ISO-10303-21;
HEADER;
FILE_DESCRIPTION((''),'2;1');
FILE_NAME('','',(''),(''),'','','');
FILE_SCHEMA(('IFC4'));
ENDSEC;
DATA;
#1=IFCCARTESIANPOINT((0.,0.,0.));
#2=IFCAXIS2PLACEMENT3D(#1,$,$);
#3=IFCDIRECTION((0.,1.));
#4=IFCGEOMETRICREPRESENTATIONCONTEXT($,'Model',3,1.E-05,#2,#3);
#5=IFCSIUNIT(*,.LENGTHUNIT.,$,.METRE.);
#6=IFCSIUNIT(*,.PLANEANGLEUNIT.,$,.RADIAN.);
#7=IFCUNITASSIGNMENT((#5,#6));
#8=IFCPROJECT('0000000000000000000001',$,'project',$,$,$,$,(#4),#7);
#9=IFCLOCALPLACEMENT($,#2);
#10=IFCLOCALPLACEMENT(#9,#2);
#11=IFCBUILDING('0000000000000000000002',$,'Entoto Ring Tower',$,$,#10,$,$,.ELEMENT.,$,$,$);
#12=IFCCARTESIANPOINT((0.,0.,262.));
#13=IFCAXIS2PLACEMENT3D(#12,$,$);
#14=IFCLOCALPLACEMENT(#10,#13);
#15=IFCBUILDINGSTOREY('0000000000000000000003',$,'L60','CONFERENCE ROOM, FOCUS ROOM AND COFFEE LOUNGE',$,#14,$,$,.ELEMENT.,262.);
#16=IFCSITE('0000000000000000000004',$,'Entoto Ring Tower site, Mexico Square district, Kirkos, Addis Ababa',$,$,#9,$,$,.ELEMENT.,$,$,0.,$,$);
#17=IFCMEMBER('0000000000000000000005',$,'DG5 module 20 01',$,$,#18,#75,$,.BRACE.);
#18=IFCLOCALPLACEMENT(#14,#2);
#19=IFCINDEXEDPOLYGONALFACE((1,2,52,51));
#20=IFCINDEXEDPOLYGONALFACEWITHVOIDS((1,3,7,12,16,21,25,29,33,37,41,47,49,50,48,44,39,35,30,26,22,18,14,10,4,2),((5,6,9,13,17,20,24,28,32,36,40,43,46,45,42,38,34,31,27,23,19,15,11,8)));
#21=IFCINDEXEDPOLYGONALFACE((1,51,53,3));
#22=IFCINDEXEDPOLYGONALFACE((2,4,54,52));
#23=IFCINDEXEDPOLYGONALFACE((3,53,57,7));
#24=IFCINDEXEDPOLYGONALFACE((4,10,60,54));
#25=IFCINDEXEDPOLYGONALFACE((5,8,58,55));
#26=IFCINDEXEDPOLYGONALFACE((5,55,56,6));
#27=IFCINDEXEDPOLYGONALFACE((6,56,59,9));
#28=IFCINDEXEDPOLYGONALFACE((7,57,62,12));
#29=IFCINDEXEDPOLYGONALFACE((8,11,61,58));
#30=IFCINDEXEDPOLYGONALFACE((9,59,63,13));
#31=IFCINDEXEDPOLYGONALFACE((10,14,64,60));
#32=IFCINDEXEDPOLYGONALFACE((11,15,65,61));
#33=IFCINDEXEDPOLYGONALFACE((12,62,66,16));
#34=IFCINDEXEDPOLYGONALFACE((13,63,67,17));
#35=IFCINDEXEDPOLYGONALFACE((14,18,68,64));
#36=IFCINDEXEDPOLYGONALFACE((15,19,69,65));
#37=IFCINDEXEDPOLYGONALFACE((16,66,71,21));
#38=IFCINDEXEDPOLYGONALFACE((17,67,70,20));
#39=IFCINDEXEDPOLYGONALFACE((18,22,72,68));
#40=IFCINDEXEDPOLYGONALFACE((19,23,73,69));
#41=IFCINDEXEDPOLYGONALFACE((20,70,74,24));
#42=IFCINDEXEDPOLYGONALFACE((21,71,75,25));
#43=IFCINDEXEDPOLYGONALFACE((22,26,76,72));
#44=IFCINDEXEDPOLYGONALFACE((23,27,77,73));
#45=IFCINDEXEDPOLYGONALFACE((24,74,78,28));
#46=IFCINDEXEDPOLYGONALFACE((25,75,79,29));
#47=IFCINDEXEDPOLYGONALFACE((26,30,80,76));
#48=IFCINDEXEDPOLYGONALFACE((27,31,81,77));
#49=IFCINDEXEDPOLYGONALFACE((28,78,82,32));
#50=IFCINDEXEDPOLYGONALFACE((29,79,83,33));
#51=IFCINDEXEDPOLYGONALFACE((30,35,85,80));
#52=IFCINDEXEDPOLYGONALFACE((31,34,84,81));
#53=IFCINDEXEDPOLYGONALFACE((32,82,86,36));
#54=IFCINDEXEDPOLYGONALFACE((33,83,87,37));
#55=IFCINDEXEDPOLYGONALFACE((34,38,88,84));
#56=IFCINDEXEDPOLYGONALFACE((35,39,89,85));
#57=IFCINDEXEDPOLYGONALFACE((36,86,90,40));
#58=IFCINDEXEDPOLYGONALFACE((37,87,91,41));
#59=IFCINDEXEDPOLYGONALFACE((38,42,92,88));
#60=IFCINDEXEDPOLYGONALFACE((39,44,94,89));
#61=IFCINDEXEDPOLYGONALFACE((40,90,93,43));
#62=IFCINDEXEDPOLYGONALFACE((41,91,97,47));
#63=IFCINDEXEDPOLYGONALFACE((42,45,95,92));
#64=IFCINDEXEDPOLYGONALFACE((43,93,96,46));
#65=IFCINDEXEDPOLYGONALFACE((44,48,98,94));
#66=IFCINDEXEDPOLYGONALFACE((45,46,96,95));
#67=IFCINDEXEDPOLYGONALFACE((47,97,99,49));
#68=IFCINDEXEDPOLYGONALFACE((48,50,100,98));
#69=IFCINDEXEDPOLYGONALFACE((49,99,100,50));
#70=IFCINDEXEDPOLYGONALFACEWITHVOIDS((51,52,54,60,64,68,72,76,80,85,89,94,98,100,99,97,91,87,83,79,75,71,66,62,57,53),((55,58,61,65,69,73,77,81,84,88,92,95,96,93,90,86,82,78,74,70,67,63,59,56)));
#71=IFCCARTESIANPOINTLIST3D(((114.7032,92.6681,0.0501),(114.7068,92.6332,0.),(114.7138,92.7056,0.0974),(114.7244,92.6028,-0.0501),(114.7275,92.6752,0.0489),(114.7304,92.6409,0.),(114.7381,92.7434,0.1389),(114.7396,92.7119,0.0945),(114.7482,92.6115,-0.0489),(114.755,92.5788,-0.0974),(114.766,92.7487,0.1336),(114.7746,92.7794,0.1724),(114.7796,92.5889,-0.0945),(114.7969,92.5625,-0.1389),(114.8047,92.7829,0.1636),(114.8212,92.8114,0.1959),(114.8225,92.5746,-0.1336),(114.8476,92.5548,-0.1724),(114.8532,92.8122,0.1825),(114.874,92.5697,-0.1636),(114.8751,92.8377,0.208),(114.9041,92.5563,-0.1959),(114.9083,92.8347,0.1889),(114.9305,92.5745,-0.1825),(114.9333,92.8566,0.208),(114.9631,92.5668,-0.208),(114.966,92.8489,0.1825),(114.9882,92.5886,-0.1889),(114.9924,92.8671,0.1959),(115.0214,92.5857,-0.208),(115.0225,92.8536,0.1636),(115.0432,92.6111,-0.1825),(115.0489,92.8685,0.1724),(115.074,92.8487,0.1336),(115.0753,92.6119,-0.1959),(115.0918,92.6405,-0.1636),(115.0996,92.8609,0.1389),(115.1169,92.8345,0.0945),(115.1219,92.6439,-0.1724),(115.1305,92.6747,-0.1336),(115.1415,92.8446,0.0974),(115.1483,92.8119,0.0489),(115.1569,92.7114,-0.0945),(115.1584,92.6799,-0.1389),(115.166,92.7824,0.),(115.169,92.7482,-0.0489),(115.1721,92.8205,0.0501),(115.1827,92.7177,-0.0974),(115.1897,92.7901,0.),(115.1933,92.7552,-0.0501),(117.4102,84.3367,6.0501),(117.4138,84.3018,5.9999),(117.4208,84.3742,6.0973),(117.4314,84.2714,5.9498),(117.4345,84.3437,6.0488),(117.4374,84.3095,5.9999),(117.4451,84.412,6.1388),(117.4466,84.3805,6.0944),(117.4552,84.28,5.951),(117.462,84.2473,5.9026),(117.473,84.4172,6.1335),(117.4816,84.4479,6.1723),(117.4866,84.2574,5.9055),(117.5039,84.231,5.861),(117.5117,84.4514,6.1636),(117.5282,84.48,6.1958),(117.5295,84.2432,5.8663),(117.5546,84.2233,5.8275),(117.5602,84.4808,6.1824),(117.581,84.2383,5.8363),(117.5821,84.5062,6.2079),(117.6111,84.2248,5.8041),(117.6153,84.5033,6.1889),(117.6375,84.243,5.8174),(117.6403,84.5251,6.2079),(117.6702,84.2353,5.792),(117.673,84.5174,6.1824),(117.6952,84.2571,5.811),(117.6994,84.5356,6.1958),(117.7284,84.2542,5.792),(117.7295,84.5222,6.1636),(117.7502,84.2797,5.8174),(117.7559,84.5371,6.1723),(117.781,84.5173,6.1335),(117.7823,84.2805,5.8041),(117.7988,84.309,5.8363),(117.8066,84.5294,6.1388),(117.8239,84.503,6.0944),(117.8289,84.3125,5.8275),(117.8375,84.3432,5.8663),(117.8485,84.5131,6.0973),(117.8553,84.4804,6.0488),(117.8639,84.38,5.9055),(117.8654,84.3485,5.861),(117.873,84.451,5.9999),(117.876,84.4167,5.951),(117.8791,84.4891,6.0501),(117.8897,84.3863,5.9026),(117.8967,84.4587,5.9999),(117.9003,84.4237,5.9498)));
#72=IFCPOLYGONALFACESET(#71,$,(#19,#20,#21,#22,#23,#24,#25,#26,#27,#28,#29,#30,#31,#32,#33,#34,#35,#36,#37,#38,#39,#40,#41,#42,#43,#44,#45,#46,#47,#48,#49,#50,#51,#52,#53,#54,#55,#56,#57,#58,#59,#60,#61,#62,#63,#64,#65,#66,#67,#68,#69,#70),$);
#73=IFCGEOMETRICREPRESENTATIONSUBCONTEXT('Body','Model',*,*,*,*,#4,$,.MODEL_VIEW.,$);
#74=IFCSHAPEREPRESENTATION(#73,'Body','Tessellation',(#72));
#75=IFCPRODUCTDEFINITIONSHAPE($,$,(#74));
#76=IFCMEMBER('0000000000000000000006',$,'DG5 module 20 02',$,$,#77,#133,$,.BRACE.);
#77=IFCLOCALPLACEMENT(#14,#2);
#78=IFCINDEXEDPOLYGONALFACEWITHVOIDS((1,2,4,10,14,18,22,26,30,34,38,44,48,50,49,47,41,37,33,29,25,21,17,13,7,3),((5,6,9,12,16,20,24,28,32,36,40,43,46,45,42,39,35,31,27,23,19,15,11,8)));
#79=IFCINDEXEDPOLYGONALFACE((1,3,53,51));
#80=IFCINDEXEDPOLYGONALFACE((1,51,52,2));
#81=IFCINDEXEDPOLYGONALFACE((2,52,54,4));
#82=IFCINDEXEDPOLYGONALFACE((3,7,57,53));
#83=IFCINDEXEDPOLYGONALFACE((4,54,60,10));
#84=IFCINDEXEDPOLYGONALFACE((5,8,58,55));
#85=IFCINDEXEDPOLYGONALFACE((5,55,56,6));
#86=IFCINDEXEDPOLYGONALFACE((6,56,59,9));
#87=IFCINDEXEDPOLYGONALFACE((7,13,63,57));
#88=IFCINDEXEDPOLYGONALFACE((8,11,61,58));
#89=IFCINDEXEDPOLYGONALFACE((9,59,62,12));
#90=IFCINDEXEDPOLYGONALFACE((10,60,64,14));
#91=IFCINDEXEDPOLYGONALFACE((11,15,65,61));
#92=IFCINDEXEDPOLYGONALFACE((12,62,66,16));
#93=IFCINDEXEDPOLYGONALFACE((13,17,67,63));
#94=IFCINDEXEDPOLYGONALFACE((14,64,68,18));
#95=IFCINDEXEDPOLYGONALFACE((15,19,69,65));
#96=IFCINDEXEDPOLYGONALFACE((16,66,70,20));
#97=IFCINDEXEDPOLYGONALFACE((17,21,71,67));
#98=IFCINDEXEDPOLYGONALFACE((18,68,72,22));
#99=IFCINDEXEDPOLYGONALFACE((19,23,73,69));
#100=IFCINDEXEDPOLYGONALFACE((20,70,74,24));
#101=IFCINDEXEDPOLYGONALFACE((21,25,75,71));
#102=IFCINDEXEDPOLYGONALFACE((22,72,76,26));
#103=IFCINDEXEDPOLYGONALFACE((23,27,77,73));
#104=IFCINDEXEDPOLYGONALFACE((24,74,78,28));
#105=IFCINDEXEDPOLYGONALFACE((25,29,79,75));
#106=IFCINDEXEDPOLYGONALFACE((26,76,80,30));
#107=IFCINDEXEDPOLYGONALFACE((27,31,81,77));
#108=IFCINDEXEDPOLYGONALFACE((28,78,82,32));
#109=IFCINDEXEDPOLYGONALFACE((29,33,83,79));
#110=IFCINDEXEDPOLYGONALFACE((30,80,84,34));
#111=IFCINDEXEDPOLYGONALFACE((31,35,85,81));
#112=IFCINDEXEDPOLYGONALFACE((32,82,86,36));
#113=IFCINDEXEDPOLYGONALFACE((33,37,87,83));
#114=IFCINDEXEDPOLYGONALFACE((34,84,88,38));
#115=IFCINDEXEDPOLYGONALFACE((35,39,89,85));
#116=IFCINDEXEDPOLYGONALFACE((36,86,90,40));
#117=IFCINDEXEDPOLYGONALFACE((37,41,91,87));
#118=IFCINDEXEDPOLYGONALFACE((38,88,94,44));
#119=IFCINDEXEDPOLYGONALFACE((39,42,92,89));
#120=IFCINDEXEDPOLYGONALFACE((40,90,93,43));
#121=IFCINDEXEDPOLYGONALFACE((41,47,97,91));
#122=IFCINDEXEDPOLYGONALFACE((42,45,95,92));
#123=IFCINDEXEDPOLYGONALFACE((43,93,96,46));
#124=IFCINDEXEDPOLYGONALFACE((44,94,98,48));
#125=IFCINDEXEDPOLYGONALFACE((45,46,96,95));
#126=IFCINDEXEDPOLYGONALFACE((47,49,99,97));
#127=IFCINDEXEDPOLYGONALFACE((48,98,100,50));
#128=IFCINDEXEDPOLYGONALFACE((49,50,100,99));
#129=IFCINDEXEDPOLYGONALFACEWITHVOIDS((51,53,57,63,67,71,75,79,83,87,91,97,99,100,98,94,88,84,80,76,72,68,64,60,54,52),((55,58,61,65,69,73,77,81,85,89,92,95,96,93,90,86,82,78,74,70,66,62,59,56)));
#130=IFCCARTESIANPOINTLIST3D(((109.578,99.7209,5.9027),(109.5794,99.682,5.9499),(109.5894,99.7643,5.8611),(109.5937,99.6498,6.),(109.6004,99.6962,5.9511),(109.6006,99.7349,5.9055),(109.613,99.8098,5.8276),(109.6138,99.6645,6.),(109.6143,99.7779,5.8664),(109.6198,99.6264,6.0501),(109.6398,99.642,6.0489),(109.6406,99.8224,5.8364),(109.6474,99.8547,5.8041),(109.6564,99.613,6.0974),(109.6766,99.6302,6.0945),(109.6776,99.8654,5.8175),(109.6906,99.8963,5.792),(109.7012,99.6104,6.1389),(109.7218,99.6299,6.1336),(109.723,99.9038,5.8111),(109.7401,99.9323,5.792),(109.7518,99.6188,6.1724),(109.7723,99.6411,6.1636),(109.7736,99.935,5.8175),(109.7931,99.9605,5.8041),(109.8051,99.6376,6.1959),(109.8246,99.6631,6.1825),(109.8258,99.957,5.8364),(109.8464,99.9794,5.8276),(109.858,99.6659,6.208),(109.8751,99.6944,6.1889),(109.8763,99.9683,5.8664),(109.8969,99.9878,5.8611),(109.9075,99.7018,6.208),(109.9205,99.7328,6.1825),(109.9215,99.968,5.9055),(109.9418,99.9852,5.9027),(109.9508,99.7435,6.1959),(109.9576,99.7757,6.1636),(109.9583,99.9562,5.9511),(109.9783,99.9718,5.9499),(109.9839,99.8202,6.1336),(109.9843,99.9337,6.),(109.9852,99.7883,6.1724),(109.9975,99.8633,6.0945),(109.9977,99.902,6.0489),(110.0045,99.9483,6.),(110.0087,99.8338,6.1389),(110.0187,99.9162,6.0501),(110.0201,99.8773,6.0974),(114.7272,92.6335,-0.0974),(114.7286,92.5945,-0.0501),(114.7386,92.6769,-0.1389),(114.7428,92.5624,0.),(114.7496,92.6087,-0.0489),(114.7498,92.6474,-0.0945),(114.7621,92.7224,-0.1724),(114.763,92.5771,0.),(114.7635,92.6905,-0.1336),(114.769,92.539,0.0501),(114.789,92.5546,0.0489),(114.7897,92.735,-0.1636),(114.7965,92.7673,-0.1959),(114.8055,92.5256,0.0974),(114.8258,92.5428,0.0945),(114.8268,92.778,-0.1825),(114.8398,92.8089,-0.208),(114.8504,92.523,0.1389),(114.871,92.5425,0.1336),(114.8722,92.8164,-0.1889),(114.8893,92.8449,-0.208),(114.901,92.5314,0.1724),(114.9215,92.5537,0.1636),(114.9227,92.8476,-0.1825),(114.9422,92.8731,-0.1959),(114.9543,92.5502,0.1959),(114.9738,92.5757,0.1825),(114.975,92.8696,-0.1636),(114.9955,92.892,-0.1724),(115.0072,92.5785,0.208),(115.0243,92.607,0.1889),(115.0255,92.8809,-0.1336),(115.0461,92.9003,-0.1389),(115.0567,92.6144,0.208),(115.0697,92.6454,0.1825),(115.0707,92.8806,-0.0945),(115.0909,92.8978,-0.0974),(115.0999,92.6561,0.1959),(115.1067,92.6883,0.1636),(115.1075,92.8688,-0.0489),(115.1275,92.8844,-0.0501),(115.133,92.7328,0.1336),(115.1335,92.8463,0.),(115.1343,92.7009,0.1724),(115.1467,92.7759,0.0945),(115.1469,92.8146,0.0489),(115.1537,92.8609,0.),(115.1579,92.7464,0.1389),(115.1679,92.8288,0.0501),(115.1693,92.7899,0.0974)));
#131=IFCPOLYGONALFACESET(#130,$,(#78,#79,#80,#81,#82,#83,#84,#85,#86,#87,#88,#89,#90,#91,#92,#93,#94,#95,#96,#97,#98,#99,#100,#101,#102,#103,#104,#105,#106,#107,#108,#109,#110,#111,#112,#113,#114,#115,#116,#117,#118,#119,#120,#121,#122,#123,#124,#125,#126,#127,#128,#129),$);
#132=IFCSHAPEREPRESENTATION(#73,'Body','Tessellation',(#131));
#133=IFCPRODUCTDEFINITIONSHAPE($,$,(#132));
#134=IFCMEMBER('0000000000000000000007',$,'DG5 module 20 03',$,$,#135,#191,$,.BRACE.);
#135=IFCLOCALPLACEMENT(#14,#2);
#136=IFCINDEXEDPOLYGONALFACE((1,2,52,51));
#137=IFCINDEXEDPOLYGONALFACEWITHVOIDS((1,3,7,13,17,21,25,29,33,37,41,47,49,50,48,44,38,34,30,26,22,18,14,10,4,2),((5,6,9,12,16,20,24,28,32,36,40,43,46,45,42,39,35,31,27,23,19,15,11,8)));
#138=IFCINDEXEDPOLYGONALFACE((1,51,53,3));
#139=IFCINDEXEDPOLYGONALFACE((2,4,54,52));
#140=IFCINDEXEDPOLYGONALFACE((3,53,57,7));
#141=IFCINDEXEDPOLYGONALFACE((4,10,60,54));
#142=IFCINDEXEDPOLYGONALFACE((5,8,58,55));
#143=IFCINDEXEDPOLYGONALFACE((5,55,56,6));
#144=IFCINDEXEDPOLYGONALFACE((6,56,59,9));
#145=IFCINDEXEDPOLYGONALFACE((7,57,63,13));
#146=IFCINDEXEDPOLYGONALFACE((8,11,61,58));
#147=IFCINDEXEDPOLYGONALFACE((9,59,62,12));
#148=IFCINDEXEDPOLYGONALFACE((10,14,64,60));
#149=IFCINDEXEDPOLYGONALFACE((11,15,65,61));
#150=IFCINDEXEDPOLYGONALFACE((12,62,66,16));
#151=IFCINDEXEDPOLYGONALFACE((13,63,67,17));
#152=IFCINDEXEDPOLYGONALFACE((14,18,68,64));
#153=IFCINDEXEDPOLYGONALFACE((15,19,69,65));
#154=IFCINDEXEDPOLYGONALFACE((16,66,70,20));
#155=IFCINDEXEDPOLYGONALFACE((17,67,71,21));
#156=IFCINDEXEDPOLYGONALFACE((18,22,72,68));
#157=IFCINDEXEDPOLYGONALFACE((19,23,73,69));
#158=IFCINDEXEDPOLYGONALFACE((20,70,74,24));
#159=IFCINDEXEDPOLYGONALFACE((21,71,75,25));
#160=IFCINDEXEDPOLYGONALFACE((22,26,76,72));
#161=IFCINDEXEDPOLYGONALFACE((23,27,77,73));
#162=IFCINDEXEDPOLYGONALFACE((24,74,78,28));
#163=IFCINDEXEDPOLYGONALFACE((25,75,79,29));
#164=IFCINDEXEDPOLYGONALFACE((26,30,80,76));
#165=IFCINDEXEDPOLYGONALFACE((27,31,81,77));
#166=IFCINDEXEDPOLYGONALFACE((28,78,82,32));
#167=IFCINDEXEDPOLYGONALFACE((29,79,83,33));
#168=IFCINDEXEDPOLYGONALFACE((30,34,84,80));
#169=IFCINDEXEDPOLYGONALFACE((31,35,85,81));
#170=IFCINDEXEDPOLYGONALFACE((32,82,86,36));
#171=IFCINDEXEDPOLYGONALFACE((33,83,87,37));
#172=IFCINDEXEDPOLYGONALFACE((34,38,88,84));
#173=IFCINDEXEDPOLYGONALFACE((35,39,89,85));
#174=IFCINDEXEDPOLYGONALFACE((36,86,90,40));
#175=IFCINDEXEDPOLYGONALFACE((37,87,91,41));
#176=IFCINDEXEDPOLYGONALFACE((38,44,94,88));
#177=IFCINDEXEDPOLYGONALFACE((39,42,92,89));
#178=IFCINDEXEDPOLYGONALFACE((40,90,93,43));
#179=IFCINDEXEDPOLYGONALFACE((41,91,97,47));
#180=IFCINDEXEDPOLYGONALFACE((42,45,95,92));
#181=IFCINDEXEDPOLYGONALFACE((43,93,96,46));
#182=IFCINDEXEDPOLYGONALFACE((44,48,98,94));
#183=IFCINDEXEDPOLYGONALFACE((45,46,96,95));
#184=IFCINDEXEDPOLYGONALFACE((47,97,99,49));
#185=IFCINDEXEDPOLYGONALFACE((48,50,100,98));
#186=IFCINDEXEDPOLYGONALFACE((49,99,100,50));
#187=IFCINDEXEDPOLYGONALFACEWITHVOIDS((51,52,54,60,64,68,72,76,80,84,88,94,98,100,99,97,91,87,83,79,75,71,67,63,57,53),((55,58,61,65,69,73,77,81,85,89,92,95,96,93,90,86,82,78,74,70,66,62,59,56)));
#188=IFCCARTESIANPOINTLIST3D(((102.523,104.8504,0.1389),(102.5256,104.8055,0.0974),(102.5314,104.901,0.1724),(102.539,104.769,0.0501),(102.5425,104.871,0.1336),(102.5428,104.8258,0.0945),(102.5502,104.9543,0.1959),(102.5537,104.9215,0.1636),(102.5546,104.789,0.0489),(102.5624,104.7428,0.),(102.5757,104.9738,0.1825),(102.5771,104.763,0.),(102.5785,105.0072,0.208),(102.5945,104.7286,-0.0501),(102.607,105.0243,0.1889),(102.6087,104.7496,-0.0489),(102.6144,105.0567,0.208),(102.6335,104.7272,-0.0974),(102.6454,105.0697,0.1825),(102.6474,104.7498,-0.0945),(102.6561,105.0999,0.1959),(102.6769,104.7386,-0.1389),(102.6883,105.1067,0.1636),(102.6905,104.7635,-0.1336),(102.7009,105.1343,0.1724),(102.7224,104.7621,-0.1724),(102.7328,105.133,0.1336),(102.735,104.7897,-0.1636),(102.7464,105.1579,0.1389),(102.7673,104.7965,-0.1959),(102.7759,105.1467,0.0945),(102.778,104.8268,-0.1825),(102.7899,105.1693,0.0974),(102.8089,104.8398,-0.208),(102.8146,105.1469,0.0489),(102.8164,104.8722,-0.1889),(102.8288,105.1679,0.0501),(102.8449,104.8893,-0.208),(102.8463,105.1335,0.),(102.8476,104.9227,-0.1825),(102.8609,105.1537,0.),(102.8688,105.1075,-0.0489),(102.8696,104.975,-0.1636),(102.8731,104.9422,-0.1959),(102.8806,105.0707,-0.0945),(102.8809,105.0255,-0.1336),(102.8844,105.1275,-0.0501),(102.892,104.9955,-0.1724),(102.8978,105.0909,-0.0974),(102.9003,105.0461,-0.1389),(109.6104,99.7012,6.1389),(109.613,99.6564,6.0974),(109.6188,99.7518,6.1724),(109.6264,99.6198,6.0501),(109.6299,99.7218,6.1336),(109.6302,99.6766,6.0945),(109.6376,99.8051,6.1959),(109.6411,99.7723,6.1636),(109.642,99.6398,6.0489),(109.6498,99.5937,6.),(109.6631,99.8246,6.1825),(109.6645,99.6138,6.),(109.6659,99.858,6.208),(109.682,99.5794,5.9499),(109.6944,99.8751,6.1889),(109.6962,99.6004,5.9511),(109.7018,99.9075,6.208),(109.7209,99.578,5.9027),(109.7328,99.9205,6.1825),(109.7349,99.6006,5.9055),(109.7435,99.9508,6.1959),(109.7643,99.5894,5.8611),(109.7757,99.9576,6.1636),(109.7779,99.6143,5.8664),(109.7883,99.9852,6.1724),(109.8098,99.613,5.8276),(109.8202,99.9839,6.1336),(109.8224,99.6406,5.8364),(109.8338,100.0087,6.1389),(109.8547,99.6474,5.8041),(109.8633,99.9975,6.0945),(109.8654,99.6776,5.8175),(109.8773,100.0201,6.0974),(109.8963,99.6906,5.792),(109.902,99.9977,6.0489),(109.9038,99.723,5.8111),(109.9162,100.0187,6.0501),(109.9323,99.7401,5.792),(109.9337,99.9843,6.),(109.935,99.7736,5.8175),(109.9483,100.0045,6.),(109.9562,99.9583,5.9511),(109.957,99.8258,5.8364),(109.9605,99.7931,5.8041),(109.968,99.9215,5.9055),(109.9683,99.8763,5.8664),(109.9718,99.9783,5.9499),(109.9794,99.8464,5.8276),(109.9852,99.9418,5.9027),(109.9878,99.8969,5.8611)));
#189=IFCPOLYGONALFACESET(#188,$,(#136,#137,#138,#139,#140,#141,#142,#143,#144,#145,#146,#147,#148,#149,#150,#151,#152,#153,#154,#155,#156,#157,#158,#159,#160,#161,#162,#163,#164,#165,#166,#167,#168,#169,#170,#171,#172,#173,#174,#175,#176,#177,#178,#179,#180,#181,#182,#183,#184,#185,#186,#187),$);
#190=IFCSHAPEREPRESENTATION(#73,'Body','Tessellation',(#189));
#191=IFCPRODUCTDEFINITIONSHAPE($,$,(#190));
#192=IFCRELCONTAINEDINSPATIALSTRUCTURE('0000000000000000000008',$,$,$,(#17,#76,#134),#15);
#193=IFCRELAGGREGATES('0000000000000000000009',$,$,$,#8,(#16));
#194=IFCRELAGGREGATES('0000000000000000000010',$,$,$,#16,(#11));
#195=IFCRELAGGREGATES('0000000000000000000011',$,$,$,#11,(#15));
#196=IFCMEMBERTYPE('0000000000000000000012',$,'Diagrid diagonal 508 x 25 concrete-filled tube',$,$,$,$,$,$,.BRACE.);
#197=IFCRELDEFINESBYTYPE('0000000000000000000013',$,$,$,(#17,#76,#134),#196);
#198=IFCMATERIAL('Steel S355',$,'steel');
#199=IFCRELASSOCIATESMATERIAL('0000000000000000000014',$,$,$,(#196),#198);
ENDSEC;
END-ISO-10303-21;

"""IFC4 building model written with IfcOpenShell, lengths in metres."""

from ifc_helpers import new_model, si_unit, direction, frame, origin, origin_2d, place, context, subcontext, project, spatial, circle, hollow_circle, extrude, material, material_profile, profile_set, type_object, element, save


model = new_model("IFC4")

# Units and contexts
model_context = context("Model", 3, precision=1e-05, world=origin(), true_north=direction((0.0, 1.0)))
body_context = subcontext(model_context, "Body", "Model", "MODEL_VIEW")
ifc_project = project(units=[si_unit("LENGTHUNIT", "METRE"), si_unit("PLANEANGLEUNIT", "RADIAN")], contexts=[model_context])

# Site, building, storey
site_placement = place(None, origin())
site = spatial("IfcSite", under=ifc_project, at=site_placement, Name="Entoto Ring Tower site, Mexico Square district, Kirkos, Addis Ababa", CompositionType="ELEMENT", RefElevation=0.0)
building_placement = place(site_placement, origin())
building = spatial("IfcBuilding", under=site, at=building_placement, Name="Entoto Ring Tower", CompositionType="ELEMENT")
storey_placement = place(building_placement, frame((0.0, 0.0, 262.0)))
storey = spatial("IfcBuildingStorey", under=building, at=storey_placement, Name="L60", Description="CONFERENCE ROOM, FOCUS ROOM AND COFFEE LOUNGE", CompositionType="ELEMENT", Elevation=262.0)

# Members
ifc_material_1 = material(Name="Steel S355", Category="steel")
ifc_material_profile_1 = material_profile(ifc_material_1, hollow_circle(Radius=0.2539, WallThickness=0.0249, at=origin_2d()), Name="CHS 508 x 25")
ifc_material_2 = material(Name="Concrete C60/75", Category="concrete")
ifc_material_profile_2 = material_profile(ifc_material_2, circle(Radius=0.229, at=origin_2d()), Name="Concrete C60/75 infill")
ifc_profile_set_1 = profile_set([ifc_material_profile_1, ifc_material_profile_2], Name="Steel S355")
member_type_1 = type_object("IfcMemberType", Name="Diagrid diagonal 508 x 25 concrete-filled tube", PredefinedType="BRACE", material=ifc_profile_set_1)
member_1_placement = place(storey_placement, frame((114.9482, 92.7117, 0.0), z_axis=(0.254947, -0.78466, 0.565076), x_axis=(0.951058, 0.309012, 0.0)))
element("IfcMember", 1, at=member_1_placement, inside=storey, type_object=member_type_1, Name="DG5 module 20 01", PredefinedType="BRACE", context=body_context, shape_type="SweptSolid", body=[
    extrude(hollow_circle(Radius=0.2539, WallThickness=0.0249, at=origin_2d()), origin(), (0.0, 0.0, 1.0), 10.6179),
])
for number, where, z_axis, x_axis, name in (
    (2, (114.9482, 92.7117, 0.0), (-0.48494, 0.66748, 0.56507), (-0.809024, -0.587776, 0.0), "DG5 module 20 02"),
    (3, (102.7117, 104.9482, 0.0), (0.66748, -0.48494, 0.56507), (0.587776, 0.809024, 0.0), "DG5 module 20 03"),
):
    element("IfcMember", number, at=place(storey_placement, frame(where, z_axis=z_axis, x_axis=x_axis)), inside=storey, type_object=member_type_1, Name=name, PredefinedType="BRACE", context=body_context, shape_type="SweptSolid", body=[
        extrude(hollow_circle(Radius=0.2539, WallThickness=0.0249, at=origin_2d()), origin(), (0.0, 0.0, 1.0), 10.6182),
    ])

save(model, "model.ifc")
